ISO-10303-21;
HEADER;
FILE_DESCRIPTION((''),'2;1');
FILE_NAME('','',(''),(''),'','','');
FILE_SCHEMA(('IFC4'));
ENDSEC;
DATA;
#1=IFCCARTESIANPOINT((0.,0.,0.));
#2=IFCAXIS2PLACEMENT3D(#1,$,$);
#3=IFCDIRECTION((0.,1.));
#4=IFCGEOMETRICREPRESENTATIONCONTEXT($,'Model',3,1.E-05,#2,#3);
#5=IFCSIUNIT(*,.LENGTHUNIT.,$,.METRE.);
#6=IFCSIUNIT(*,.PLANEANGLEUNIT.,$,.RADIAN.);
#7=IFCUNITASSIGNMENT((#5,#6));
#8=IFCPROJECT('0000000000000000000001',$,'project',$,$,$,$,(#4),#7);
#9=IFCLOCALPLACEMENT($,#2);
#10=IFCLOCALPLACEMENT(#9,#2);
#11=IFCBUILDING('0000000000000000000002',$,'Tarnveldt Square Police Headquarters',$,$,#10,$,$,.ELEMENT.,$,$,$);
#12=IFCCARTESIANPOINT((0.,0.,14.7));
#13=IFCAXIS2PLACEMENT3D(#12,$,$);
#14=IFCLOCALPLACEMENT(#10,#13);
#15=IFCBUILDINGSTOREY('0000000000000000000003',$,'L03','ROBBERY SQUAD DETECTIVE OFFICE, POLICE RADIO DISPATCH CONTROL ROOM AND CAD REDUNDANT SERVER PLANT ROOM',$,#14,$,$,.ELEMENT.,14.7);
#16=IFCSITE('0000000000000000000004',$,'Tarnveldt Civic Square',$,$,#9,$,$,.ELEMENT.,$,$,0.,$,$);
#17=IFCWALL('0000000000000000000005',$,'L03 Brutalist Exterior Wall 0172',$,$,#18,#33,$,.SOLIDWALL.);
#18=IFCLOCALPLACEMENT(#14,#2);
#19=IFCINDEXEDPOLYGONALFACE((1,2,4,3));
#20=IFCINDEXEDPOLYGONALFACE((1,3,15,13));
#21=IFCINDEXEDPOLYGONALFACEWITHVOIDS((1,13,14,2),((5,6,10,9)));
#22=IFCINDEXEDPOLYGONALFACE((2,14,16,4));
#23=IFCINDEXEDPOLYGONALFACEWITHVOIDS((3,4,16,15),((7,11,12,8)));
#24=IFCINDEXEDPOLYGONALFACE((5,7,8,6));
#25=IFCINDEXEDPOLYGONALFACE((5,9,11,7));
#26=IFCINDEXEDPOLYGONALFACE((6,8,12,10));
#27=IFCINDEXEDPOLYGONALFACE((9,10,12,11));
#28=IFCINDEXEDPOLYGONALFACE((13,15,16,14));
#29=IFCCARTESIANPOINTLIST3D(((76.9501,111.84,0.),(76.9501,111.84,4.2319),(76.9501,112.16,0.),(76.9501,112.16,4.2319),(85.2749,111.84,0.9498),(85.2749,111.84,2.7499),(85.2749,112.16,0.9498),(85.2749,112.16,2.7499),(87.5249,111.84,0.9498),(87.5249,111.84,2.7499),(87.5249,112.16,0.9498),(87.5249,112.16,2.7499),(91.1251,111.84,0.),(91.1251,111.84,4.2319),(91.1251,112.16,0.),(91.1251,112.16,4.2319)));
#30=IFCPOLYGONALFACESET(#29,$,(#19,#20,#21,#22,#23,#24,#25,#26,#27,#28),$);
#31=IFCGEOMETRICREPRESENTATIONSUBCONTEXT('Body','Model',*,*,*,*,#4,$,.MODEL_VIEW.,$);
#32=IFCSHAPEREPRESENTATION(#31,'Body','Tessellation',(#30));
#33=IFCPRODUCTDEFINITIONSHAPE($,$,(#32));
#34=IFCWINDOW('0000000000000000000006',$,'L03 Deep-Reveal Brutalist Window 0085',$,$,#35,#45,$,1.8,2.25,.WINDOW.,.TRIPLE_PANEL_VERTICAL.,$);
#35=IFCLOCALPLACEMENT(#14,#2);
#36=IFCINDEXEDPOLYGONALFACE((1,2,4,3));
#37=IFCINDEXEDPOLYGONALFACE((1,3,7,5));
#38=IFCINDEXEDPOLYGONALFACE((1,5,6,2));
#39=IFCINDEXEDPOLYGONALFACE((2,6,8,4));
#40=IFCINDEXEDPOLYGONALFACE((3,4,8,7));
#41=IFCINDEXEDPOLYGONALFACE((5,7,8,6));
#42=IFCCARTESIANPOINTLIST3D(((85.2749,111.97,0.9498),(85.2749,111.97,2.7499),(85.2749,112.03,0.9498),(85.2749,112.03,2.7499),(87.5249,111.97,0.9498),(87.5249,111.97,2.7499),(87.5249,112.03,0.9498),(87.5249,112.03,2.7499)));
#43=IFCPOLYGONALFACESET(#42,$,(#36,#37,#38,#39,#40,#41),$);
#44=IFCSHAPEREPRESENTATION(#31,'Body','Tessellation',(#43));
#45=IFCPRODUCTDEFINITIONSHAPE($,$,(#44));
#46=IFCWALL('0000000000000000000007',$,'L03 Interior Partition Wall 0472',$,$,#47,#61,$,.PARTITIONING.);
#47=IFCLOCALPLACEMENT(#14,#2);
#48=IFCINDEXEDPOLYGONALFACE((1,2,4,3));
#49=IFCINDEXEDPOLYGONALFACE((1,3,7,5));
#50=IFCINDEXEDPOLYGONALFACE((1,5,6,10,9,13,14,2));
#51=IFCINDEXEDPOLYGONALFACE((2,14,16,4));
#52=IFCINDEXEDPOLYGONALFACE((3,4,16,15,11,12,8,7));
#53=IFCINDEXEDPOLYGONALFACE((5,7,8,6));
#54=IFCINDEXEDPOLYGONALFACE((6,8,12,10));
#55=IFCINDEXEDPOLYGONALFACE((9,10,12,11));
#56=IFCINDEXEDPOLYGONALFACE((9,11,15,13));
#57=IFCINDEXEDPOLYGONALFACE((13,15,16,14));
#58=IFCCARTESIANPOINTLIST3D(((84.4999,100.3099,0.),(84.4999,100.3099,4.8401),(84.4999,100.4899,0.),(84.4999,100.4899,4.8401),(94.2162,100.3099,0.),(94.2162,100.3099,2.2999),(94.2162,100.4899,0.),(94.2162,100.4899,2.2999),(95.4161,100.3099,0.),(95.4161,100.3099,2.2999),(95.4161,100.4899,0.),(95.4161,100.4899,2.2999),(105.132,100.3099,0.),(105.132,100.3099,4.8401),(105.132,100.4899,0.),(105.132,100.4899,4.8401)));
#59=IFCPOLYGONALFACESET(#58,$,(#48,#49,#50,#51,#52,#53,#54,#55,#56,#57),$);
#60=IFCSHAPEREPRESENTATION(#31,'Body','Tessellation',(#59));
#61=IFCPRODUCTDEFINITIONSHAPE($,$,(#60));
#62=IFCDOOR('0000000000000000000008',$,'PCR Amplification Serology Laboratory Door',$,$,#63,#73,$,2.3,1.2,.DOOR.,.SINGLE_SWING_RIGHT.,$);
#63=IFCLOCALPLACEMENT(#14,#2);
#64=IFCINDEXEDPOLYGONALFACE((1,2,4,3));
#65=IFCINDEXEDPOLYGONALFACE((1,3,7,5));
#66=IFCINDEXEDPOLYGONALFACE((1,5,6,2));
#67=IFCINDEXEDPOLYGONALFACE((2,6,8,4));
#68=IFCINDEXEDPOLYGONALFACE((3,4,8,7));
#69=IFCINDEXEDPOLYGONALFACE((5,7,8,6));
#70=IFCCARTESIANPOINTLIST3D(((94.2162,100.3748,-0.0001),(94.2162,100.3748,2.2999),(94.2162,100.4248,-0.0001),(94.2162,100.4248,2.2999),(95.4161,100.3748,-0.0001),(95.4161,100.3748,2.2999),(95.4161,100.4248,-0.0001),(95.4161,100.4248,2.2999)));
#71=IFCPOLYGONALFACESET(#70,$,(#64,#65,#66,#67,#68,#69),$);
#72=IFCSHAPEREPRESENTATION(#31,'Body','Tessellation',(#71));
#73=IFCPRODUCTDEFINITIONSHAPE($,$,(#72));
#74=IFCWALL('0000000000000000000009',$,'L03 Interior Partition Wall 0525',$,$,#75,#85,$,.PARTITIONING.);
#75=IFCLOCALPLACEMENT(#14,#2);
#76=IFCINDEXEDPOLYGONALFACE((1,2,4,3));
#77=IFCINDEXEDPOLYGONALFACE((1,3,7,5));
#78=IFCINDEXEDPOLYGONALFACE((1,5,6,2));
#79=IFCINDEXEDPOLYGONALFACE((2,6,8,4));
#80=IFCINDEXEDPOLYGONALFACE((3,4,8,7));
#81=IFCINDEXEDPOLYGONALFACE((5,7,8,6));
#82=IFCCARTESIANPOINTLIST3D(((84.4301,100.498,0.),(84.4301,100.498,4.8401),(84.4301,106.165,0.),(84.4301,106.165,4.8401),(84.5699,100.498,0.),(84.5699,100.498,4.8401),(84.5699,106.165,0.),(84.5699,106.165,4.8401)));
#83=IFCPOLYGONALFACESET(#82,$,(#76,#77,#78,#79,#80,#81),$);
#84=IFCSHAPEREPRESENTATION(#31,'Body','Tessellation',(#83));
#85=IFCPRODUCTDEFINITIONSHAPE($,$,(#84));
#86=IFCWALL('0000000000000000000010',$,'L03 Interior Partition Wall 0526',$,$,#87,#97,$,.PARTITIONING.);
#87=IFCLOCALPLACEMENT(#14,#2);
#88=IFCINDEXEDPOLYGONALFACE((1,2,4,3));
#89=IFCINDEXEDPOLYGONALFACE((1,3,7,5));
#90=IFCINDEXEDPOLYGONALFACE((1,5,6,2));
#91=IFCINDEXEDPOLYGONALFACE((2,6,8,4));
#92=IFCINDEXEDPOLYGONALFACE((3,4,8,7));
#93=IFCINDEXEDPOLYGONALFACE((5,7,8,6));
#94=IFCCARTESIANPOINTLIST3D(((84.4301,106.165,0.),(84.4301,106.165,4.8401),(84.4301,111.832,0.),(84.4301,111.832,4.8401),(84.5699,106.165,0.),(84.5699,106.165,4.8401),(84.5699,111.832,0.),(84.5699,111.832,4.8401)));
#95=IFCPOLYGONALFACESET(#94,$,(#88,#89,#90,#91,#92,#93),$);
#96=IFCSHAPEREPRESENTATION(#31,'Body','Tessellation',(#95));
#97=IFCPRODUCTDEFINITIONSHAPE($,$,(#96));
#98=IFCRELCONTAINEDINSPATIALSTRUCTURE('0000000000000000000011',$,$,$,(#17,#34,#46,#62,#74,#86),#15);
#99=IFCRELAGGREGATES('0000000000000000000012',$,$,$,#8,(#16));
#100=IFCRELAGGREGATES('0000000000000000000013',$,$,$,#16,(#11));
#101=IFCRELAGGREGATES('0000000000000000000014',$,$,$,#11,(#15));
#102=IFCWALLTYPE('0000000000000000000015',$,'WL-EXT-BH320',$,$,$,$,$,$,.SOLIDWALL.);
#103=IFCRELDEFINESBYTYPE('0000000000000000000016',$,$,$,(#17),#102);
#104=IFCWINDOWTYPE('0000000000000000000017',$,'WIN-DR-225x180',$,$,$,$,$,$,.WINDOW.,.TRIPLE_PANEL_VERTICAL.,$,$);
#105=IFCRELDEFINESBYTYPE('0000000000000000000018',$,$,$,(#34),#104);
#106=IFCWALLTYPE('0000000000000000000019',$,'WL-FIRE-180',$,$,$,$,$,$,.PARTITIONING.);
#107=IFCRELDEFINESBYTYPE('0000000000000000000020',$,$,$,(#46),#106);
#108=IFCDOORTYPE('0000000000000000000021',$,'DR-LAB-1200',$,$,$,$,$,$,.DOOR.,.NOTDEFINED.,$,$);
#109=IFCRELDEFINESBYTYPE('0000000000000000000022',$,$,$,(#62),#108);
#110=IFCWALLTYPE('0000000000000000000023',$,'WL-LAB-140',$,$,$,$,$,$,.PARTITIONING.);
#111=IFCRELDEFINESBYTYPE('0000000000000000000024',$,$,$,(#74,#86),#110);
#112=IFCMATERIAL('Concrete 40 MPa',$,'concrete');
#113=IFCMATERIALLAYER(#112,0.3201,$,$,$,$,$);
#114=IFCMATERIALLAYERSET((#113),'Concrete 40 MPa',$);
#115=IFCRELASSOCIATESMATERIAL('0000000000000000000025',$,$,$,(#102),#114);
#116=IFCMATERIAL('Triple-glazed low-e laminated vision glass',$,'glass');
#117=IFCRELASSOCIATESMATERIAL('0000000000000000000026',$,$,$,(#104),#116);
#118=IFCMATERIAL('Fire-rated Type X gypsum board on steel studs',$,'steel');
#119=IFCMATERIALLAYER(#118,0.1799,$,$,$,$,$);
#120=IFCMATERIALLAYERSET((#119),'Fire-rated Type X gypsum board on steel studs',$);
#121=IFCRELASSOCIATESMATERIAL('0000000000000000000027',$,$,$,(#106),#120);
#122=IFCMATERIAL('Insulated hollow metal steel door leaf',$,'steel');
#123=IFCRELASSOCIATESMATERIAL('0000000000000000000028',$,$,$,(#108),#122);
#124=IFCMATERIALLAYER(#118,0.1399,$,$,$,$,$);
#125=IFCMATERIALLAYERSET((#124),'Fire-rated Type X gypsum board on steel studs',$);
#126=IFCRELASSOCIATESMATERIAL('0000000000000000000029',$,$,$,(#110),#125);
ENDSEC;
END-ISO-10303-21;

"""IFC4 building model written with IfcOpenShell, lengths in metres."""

from ifc_helpers import new_model, si_unit, direction, frame, frame_2d, origin, place, context, subcontext, project, spatial, rectangle, extrude, material, layer, layer_set, type_object, element, fill, save


model = new_model("IFC4")

# Units and contexts
model_context = context("Model", 3, precision=1e-05, world=origin(), true_north=direction((0.0, 1.0)))
body_context = subcontext(model_context, "Body", "Model", "MODEL_VIEW")
ifc_project = project(units=[si_unit("LENGTHUNIT", "METRE"), si_unit("PLANEANGLEUNIT", "RADIAN")], contexts=[model_context])

# Site, building, storey
site_placement = place(None, origin())
site = spatial("IfcSite", under=ifc_project, at=site_placement, Name="Tarnveldt Civic Square", CompositionType="ELEMENT", RefElevation=0.0)
building_placement = place(site_placement, origin())
building = spatial("IfcBuilding", under=site, at=building_placement, Name="Tarnveldt Square Police Headquarters", CompositionType="ELEMENT")
storey_placement = place(building_placement, frame((0.0, 0.0, 14.7)))
storey = spatial("IfcBuildingStorey", under=building, at=storey_placement, Name="L03", Description="ROBBERY SQUAD DETECTIVE OFFICE, POLICE RADIO DISPATCH CONTROL ROOM AND CAD REDUNDANT SERVER PLANT ROOM", CompositionType="ELEMENT", Elevation=14.7)

# Shared definitions
ifc_material_1 = material(Name="Concrete 40 MPa", Category="concrete")

# Shared definitions
ifc_material_2 = material(Name="Triple-glazed low-e laminated vision glass", Category="glass")

# Wall, opening, window
ifc_layer_1 = layer(ifc_material_1, 0.3201)
ifc_layer_set_1 = layer_set([ifc_layer_1], Name="Concrete 40 MPa")
wall_type_1 = type_object("IfcWallType", Name="WL-EXT-BH320", PredefinedType="SOLIDWALL", material=ifc_layer_set_1)
wall_1_placement = place(storey_placement, frame((91.125, 112.0, 0.0), z_axis=(0.0, 0.0, 1.0), x_axis=(-1.0, 0.0, 0.0)))
wall_1 = element("IfcWall", 1, at=wall_1_placement, inside=storey, type_object=wall_type_1, Name="L03 Brutalist Exterior Wall 0172", PredefinedType="SOLIDWALL", context=body_context, shape_type="SweptSolid", body=[
    extrude(rectangle(XDim=14.175, YDim=0.3201, at=frame_2d((7.0874, 0.0))), origin(), (0.0, 0.0, 1.0), 4.2319),
])
opening_1_placement = place(wall_1_placement, frame((3.6001, 0.0, 0.95)))
opening_1 = element("IfcOpeningElement", 2, at=opening_1_placement, cuts=wall_1, PredefinedType="OPENING", context=body_context, shape_type="SweptSolid", body=[
    extrude(rectangle(XDim=2.25, YDim=1.8, at=frame_2d((1.125, 0.8999))), frame((0.0, 0.1699, 0.0), z_axis=(0.0, -1.0, 0.0), x_axis=(1.0, 0.0, 0.0)), (0.0, 0.0, 1.0), 0.3401),
])
window_type = type_object("IfcWindowType", Name="WIN-DR-225x180", PartitioningType="TRIPLE_PANEL_VERTICAL", PredefinedType="WINDOW", material=ifc_material_2)
window_placement = place(opening_1_placement, origin())
window = element("IfcWindow", 3, at=window_placement, inside=storey, type_object=window_type, Name="L03 Deep-Reveal Brutalist Window 0085", OverallHeight=1.8, OverallWidth=2.25, PartitioningType="TRIPLE_PANEL_VERTICAL", PredefinedType="WINDOW", context=body_context, shape_type="SweptSolid", body=[
    extrude(rectangle(XDim=2.25, YDim=1.8, at=frame_2d((1.125, 0.8999))), frame((0.0, 0.03, 0.0), z_axis=(0.0, -1.0, 0.0), x_axis=(1.0, 0.0, 0.0)), (0.0, 0.0, 1.0), 0.0601),
])
fill(opening_1, window)

# Wall, opening, door
ifc_material_3 = material(Name="Fire-rated Type X gypsum board on steel studs", Category="steel")
ifc_layer_2 = layer(ifc_material_3, 0.1799)
ifc_layer_set_2 = layer_set([ifc_layer_2], Name="Fire-rated Type X gypsum board on steel studs")
wall_type_2 = type_object("IfcWallType", Name="WL-FIRE-180", PredefinedType="PARTITIONING", material=ifc_layer_set_2)
wall_2_placement = place(storey_placement, frame((84.5, 100.3999, 0.0), z_axis=(0.0, 0.0, 1.0), x_axis=(1.0, 0.0, 0.0)))
wall_2 = element("IfcWall", 4, at=wall_2_placement, inside=storey, type_object=wall_type_2, Name="L03 Interior Partition Wall 0472", PredefinedType="PARTITIONING", context=body_context, shape_type="SweptSolid", body=[
    extrude(rectangle(XDim=20.6321, YDim=0.1799, at=frame_2d((10.3159, 0.0))), origin(), (0.0, 0.0, 1.0), 4.8401),
])
opening_2_placement = place(wall_2_placement, frame((9.7161, 0.0, 0.0)))
opening_2 = element("IfcOpeningElement", 5, at=opening_2_placement, cuts=wall_2, PredefinedType="OPENING", context=body_context, shape_type="SweptSolid", body=[
    extrude(rectangle(XDim=1.2, YDim=2.3, at=frame_2d((0.6001, 1.1499))), frame((0.0, 0.0999, 0.0), z_axis=(0.0, -1.0, 0.0), x_axis=(1.0, 0.0, 0.0)), (0.0, 0.0, 1.0), 0.2),
])
ifc_material_4 = material(Name="Insulated hollow metal steel door leaf", Category="steel")
door_type = type_object("IfcDoorType", Name="DR-LAB-1200", OperationType="NOTDEFINED", PredefinedType="DOOR", material=ifc_material_4)
door_placement = place(opening_2_placement, origin())
door = element("IfcDoor", 6, at=door_placement, inside=storey, type_object=door_type, Name="PCR Amplification Serology Laboratory Door", OperationType="SINGLE_SWING_RIGHT", OverallHeight=2.3, OverallWidth=1.2, PredefinedType="DOOR", context=body_context, shape_type="SweptSolid", body=[
    extrude(rectangle(XDim=1.2, YDim=2.3, at=frame_2d((0.6001, 1.1499))), frame((0.0, 0.0249, 0.0), z_axis=(0.0, -1.0, 0.0), x_axis=(1.0, 0.0, 0.0)), (0.0, 0.0, 1.0), 0.05),
])
fill(opening_2, door)

# Walls
ifc_layer_3 = layer(ifc_material_3, 0.1399)
ifc_layer_set_3 = layer_set([ifc_layer_3], Name="Fire-rated Type X gypsum board on steel studs")
wall_type_3 = type_object("IfcWallType", Name="WL-LAB-140", PredefinedType="PARTITIONING", material=ifc_layer_set_3)
for number, where, z_axis, x_axis, name in (
    (7, (84.5, 100.498, 0.0), (0.0, 0.0, 1.0), (0.0, 1.0, 0.0), "L03 Interior Partition Wall 0525"),
    (8, (84.5, 106.165, 0.0), (0.0, 0.0, 1.0), (0.0, 1.0, 0.0), "L03 Interior Partition Wall 0526"),
):
    element("IfcWall", number, at=place(storey_placement, frame(where, z_axis=z_axis, x_axis=x_axis)), inside=storey, type_object=wall_type_3, Name=name, PredefinedType="PARTITIONING", context=body_context, shape_type="SweptSolid", body=[
        extrude(rectangle(XDim=5.667, YDim=0.1399, at=frame_2d((2.8335, 0.0))), origin(), (0.0, 0.0, 1.0), 4.8401),
    ])

save(model, "model.ifc")
